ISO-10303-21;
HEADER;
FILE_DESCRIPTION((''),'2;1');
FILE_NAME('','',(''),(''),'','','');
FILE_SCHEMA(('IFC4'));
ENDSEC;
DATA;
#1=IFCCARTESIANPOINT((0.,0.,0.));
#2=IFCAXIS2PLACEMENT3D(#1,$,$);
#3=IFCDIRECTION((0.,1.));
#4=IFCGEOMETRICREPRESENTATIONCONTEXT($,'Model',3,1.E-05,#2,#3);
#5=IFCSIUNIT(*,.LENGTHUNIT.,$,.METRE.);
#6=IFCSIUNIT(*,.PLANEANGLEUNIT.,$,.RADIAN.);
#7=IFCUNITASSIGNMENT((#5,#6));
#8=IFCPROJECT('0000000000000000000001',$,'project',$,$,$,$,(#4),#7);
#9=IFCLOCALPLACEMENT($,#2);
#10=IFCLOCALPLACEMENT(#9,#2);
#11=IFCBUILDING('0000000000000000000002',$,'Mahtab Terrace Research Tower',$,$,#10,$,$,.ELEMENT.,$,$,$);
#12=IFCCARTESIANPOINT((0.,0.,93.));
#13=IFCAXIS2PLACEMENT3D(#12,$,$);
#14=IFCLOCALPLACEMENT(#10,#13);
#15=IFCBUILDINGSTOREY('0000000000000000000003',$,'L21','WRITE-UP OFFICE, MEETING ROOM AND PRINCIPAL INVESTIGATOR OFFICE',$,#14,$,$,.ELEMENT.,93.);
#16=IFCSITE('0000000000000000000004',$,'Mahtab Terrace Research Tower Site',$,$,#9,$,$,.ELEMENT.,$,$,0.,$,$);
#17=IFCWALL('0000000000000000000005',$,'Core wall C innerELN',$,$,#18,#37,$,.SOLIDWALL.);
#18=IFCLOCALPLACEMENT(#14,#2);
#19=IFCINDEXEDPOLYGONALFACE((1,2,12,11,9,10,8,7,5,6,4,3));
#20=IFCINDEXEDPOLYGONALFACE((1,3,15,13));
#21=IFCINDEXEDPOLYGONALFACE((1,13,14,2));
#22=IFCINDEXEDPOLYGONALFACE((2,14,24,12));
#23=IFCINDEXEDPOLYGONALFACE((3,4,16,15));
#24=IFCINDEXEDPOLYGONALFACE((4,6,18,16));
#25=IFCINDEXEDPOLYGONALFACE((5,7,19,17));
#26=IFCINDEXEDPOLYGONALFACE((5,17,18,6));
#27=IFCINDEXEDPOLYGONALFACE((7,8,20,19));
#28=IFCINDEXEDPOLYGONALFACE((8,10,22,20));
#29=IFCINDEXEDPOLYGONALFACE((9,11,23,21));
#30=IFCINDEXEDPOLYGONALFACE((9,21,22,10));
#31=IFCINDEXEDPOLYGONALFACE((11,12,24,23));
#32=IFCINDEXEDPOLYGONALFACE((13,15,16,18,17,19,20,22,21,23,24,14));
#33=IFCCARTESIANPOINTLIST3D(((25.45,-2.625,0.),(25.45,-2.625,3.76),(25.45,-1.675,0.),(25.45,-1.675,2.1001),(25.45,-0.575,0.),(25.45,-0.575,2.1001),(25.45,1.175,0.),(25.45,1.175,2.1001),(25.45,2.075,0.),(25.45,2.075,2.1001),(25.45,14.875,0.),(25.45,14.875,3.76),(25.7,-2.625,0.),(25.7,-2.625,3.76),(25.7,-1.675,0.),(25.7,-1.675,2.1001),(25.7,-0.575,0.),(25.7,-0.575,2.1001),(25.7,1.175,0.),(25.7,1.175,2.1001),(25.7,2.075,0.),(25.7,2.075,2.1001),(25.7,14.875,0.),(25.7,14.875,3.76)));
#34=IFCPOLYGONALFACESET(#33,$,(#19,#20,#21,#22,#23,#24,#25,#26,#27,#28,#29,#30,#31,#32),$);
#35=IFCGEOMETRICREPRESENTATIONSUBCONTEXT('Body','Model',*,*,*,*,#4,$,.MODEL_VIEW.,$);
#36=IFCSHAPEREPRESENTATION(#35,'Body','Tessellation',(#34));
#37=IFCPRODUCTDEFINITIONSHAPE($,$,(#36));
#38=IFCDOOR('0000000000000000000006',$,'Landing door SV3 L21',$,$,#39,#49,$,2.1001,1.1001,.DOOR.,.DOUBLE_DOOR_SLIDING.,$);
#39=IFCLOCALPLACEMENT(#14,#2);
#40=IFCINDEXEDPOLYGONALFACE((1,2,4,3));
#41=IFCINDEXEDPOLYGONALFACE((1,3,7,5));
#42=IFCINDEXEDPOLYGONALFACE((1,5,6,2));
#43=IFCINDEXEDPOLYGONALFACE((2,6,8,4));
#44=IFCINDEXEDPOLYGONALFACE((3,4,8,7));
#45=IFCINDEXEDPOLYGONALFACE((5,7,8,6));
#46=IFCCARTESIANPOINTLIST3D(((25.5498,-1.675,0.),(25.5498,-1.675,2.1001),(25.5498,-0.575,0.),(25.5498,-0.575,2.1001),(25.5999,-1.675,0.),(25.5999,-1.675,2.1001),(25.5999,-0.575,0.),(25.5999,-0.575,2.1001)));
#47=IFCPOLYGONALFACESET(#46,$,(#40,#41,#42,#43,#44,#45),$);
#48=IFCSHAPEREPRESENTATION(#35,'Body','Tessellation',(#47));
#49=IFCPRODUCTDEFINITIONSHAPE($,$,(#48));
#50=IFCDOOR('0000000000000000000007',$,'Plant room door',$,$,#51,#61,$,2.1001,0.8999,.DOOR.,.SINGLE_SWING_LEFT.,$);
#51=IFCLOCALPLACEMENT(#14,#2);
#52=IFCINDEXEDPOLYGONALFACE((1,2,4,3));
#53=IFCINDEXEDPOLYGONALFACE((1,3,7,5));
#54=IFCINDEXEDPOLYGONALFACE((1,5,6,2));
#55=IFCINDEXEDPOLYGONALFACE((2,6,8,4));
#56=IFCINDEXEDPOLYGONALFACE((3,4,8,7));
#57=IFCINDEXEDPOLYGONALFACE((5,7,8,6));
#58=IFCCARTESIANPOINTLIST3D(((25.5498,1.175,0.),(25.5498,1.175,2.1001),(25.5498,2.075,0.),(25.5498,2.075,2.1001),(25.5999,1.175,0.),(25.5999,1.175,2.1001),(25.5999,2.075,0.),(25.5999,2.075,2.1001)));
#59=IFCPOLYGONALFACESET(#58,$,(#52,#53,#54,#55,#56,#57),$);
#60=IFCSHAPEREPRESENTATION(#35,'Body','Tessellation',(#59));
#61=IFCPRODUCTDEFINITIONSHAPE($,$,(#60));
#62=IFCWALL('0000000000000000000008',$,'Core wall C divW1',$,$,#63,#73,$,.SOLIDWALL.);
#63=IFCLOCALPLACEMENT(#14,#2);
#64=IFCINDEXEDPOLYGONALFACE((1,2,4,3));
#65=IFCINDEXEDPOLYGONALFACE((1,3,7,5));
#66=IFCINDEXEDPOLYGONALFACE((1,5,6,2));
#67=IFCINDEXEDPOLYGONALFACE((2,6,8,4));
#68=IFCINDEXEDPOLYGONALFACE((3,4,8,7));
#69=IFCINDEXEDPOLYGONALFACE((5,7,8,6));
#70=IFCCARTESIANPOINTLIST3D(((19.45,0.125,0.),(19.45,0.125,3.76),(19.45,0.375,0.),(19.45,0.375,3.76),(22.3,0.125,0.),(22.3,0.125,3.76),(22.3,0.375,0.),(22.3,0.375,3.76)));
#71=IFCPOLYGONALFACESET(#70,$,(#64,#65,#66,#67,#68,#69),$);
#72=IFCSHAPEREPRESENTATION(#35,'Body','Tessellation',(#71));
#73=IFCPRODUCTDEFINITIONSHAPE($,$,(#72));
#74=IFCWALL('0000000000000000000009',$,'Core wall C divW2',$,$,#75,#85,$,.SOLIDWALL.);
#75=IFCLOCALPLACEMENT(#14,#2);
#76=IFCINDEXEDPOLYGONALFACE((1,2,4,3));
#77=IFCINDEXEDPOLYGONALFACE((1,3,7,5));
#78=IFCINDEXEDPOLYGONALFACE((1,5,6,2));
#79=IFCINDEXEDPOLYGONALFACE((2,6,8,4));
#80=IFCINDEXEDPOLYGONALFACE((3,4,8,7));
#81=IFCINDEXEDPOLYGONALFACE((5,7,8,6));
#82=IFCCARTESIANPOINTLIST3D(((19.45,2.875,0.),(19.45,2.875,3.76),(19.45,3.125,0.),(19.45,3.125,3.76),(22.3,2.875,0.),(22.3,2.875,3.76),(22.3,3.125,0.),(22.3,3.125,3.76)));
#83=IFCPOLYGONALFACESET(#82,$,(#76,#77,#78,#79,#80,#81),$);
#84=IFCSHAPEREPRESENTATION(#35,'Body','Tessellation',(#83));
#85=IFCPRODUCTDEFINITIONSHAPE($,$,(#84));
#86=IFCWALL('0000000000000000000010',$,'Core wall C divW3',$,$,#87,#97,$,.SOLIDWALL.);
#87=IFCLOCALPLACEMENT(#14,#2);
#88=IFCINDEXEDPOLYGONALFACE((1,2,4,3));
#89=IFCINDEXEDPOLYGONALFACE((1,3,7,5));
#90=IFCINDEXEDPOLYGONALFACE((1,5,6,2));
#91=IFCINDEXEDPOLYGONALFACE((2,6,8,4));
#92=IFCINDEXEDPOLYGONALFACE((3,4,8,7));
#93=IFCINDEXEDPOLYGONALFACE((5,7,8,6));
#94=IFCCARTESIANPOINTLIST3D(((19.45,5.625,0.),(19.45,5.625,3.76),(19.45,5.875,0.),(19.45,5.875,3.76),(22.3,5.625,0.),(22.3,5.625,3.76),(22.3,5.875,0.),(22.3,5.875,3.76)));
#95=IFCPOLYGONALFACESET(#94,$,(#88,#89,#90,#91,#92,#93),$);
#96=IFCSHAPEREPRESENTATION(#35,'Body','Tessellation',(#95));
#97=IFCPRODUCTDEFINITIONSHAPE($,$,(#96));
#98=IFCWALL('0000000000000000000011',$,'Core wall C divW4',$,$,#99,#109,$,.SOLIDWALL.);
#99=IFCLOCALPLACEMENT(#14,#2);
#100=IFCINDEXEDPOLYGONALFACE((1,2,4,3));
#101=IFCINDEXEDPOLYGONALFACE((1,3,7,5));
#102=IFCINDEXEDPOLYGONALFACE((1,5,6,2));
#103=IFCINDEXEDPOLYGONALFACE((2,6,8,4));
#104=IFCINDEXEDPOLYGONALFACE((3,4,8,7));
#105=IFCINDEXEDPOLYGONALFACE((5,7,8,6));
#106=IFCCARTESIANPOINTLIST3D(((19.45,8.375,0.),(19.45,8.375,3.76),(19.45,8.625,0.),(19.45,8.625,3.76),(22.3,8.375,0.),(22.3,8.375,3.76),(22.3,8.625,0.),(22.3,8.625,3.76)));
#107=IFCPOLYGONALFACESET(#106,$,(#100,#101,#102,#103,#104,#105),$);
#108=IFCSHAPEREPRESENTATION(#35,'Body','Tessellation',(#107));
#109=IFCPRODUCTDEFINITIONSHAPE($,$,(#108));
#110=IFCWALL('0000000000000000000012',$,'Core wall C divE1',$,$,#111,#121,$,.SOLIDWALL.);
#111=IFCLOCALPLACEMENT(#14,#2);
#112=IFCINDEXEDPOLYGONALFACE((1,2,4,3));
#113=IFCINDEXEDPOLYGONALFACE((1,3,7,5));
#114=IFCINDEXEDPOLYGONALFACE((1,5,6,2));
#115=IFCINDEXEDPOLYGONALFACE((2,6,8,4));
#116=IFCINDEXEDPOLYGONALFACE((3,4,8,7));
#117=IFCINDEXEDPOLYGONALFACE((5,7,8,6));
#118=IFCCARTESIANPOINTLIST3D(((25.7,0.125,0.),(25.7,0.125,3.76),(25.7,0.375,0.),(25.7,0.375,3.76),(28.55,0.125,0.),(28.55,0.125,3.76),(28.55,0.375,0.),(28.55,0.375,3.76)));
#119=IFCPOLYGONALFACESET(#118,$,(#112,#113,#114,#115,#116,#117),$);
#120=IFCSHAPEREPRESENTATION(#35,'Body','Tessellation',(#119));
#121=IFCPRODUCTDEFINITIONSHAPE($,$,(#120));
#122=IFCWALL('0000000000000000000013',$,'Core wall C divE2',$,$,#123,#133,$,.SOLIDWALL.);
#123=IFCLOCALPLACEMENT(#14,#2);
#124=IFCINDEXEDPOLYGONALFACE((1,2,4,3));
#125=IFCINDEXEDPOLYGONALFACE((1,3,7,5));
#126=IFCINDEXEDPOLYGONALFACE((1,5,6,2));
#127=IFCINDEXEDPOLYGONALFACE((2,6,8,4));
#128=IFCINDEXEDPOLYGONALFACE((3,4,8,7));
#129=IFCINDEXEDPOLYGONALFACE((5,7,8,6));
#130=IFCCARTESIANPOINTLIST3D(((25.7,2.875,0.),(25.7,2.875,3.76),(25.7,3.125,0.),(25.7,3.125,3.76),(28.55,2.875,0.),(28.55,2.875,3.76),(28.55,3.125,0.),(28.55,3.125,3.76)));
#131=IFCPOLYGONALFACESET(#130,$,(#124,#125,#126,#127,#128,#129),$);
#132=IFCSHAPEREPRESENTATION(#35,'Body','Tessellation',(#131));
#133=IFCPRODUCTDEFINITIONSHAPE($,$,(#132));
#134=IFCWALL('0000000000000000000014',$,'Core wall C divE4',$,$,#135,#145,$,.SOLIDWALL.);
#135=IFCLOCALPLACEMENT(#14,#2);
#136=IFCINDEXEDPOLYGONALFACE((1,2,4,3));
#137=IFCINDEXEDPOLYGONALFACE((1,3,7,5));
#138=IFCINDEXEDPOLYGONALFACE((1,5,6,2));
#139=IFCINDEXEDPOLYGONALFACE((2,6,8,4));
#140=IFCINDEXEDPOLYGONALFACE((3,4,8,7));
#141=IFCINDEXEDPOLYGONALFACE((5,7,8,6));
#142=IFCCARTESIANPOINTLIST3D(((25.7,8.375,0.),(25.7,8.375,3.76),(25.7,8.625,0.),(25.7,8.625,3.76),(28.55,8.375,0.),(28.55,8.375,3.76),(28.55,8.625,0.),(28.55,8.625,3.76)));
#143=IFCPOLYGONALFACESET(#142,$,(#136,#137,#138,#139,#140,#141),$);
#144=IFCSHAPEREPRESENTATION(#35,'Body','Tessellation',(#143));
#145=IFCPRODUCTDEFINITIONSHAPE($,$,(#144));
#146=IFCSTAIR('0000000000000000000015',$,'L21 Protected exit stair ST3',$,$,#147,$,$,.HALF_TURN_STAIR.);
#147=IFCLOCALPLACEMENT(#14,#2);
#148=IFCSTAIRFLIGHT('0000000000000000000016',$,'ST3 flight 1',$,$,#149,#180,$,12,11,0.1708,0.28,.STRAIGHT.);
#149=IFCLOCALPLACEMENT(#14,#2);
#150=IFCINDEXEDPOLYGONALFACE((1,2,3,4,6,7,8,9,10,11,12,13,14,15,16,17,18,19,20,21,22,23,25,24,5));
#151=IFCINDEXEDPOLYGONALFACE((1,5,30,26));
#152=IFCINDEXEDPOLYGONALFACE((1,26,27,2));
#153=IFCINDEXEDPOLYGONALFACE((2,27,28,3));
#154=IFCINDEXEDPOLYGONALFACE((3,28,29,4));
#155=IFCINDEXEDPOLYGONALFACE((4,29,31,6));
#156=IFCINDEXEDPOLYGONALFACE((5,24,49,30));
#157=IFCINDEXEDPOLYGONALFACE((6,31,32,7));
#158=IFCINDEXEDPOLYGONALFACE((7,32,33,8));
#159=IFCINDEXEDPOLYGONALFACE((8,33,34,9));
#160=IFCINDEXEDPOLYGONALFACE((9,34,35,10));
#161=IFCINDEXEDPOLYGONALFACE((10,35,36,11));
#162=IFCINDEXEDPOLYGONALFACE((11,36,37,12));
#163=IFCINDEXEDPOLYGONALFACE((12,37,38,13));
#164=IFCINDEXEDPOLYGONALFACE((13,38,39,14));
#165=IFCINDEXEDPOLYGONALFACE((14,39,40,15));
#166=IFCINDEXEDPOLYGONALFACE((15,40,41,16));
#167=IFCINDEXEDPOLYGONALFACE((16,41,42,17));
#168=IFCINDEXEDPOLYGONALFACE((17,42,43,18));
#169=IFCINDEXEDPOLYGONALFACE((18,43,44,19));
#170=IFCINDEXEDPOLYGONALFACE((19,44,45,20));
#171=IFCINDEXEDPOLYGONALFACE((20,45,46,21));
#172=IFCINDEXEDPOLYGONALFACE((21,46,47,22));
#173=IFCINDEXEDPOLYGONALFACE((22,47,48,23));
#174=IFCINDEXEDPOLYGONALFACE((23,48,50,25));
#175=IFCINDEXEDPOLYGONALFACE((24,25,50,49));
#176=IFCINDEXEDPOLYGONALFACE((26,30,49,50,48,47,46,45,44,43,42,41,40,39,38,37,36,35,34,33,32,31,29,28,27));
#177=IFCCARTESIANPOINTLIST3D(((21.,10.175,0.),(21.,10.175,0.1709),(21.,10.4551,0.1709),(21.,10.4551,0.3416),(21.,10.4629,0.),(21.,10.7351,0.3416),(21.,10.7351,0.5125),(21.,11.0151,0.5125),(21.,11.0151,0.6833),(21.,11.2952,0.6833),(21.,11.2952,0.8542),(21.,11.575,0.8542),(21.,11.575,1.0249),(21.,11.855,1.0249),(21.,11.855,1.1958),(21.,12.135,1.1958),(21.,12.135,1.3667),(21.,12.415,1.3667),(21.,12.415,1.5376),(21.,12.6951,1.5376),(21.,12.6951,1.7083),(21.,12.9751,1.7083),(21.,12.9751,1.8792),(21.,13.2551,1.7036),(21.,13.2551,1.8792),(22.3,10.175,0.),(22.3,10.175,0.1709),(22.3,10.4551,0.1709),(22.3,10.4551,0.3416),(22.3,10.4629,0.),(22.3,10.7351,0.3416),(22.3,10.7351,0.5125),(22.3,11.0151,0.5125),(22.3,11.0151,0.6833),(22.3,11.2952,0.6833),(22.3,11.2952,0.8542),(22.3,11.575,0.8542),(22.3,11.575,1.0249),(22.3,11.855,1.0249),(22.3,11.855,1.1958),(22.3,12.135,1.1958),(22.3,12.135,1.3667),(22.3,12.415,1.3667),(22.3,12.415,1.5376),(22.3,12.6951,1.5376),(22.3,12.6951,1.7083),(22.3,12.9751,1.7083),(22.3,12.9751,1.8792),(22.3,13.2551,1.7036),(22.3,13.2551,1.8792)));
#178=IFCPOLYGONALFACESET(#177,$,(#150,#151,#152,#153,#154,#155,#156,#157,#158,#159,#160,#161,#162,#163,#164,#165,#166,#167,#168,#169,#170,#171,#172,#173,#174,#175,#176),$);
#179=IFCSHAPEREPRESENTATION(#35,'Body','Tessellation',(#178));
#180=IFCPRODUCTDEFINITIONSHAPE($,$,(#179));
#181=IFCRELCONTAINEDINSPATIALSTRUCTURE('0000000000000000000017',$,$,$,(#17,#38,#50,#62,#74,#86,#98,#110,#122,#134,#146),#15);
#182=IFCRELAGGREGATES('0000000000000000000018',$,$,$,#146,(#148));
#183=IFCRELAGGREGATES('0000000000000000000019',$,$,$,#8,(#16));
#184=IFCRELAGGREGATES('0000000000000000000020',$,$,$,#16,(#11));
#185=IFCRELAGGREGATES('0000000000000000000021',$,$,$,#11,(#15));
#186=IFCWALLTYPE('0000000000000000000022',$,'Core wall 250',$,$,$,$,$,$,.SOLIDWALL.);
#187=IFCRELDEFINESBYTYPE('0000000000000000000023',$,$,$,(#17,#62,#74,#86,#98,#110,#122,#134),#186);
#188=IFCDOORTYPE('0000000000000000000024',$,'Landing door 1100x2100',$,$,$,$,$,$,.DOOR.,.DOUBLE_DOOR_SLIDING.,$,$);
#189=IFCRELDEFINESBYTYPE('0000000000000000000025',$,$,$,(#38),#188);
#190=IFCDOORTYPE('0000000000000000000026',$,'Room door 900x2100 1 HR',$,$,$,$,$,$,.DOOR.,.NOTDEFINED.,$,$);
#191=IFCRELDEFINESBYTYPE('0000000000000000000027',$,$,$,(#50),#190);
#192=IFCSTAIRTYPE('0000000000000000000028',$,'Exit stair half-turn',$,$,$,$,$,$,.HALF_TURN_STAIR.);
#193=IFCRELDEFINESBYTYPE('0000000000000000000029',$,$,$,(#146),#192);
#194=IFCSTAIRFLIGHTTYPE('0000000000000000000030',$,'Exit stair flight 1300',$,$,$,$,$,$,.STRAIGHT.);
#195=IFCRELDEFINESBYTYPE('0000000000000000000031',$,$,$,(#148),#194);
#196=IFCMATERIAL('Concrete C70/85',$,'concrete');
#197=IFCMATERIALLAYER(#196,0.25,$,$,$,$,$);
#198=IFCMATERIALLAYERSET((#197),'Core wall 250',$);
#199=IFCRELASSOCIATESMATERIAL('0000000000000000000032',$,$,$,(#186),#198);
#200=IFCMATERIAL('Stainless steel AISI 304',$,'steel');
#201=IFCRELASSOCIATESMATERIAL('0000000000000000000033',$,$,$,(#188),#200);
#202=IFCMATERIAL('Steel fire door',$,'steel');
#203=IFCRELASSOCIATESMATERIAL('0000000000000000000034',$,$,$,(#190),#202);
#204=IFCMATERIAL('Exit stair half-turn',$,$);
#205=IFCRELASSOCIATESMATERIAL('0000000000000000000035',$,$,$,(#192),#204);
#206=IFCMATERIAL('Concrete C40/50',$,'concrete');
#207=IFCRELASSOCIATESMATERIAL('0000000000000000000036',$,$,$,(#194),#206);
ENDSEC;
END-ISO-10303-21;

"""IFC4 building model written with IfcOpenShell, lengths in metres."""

from ifc_helpers import new_model, si_unit, direction, frame, frame_2d, origin, place, context, subcontext, project, spatial, polyline, rectangle, outline, extrude, material, layer, layer_set, type_object, element, fill, aggregate, save


model = new_model("IFC4")

# Units and contexts
model_context = context("Model", 3, precision=1e-05, world=origin(), true_north=direction((0.0, 1.0)))
body_context = subcontext(model_context, "Body", "Model", "MODEL_VIEW")
ifc_project = project(units=[si_unit("LENGTHUNIT", "METRE"), si_unit("PLANEANGLEUNIT", "RADIAN")], contexts=[model_context])

# Site, building, storey
site_placement = place(None, origin())
site = spatial("IfcSite", under=ifc_project, at=site_placement, Name="Mahtab Terrace Research Tower Site", CompositionType="ELEMENT", RefElevation=0.0)
building_placement = place(site_placement, origin())
building = spatial("IfcBuilding", under=site, at=building_placement, Name="Mahtab Terrace Research Tower", CompositionType="ELEMENT")
storey_placement = place(building_placement, frame((0.0, 0.0, 93.0)))
storey = spatial("IfcBuildingStorey", under=building, at=storey_placement, Name="L21", Description="WRITE-UP OFFICE, MEETING ROOM AND PRINCIPAL INVESTIGATOR OFFICE", CompositionType="ELEMENT", Elevation=93.0)

# Shared definitions
ifc_material_1 = material(Name="Concrete C70/85", Category="concrete")

# Shared definitions
ifc_layer_1 = layer(ifc_material_1, 0.25)
ifc_layer_set_1 = layer_set([ifc_layer_1], Name="Core wall 250")
wall_type_1 = type_object("IfcWallType", Name="Core wall 250", PredefinedType="SOLIDWALL", material=ifc_layer_set_1)
ifc_material_2 = material(Name="Steel fire door", Category="steel")

# Wall, openings, doors
wall_1_placement = place(storey_placement, frame((25.575, 14.875, 0.0), z_axis=(0.0, 0.0, 1.0), x_axis=(0.0, -1.0, 0.0)))
wall_1 = element("IfcWall", 1, at=wall_1_placement, inside=storey, type_object=wall_type_1, Name="Core wall C innerELN", PredefinedType="SOLIDWALL", context=body_context, shape_type="SweptSolid", body=[
    extrude(rectangle(XDim=17.5, YDim=0.25, at=frame_2d((8.75, 0.0))), origin(), (0.0, 0.0, 1.0), 3.76),
])
opening_1_placement = place(wall_1_placement, frame((15.45, 0.0, 0.0)))
opening_1 = element("IfcOpeningElement", 2, at=opening_1_placement, cuts=wall_1, PredefinedType="OPENING", context=body_context, shape_type="SweptSolid", body=[
    extrude(rectangle(XDim=1.1001, YDim=2.1001, at=frame_2d((0.55, 1.05))), frame((0.0, 0.135, 0.0), z_axis=(0.0, -1.0, 0.0), x_axis=(1.0, 0.0, 0.0)), (0.0, 0.0, 1.0), 0.27),
])
opening_2_placement = place(wall_1_placement, frame((12.8, 0.0, 0.0)))
opening_2 = element("IfcOpeningElement", 3, at=opening_2_placement, cuts=wall_1, PredefinedType="OPENING", context=body_context, shape_type="SweptSolid", body=[
    extrude(rectangle(XDim=0.8999, YDim=2.1001, at=frame_2d((0.45, 1.05))), frame((0.0, 0.135, 0.0), z_axis=(0.0, -1.0, 0.0), x_axis=(1.0, 0.0, 0.0)), (0.0, 0.0, 1.0), 0.27),
])
ifc_material_3 = material(Name="Stainless steel AISI 304", Category="steel")
door_type_1 = type_object("IfcDoorType", Name="Landing door 1100x2100", OperationType="DOUBLE_DOOR_SLIDING", PredefinedType="DOOR", material=ifc_material_3)
door_1_placement = place(opening_1_placement, origin())
door_1 = element("IfcDoor", 4, at=door_1_placement, inside=storey, type_object=door_type_1, Name="Landing door SV3 L21", OperationType="DOUBLE_DOOR_SLIDING", OverallHeight=2.1001, OverallWidth=1.1001, PredefinedType="DOOR", context=body_context, shape_type="SweptSolid", body=[
    extrude(rectangle(XDim=1.1001, YDim=2.1001, at=frame_2d((0.55, 1.05))), frame((0.0, 0.0249, 0.0), z_axis=(0.0, -1.0, 0.0), x_axis=(1.0, 0.0, 0.0)), (0.0, 0.0, 1.0), 0.05),
])
fill(opening_1, door_1)
door_type_2 = type_object("IfcDoorType", Name="Room door 900x2100 1 HR", OperationType="NOTDEFINED", PredefinedType="DOOR", material=ifc_material_2)
door_2_placement = place(opening_2_placement, origin())
door_2 = element("IfcDoor", 5, at=door_2_placement, inside=storey, type_object=door_type_2, Name="Plant room door", OperationType="SINGLE_SWING_LEFT", OverallHeight=2.1001, OverallWidth=0.8999, PredefinedType="DOOR", context=body_context, shape_type="SweptSolid", body=[
    extrude(rectangle(XDim=0.8999, YDim=2.1001, at=frame_2d((0.45, 1.05))), frame((0.0, 0.0249, 0.0), z_axis=(0.0, -1.0, 0.0), x_axis=(1.0, 0.0, 0.0)), (0.0, 0.0, 1.0), 0.05),
])
fill(opening_2, door_2)

# Walls
for number, where, z_axis, x_axis, name in (
    (6, (19.45, 0.25, 0.0), (0.0, 0.0, 1.0), (1.0, 0.0, 0.0), "Core wall C divW1"),
    (7, (19.45, 3.0, 0.0), (0.0, 0.0, 1.0), (1.0, 0.0, 0.0), "Core wall C divW2"),
    (8, (19.45, 5.75, 0.0), (0.0, 0.0, 1.0), (1.0, 0.0, 0.0), "Core wall C divW3"),
    (9, (19.45, 8.5, 0.0), (0.0, 0.0, 1.0), (1.0, 0.0, 0.0), "Core wall C divW4"),
    (10, (25.7, 0.25, 0.0), (0.0, 0.0, 1.0), (1.0, 0.0, 0.0), "Core wall C divE1"),
    (11, (25.7, 3.0, 0.0), (0.0, 0.0, 1.0), (1.0, 0.0, 0.0), "Core wall C divE2"),
    (12, (25.7, 8.5, 0.0), (0.0, 0.0, 1.0), (1.0, 0.0, 0.0), "Core wall C divE4"),
):
    element("IfcWall", number, at=place(storey_placement, frame(where, z_axis=z_axis, x_axis=x_axis)), inside=storey, type_object=wall_type_1, Name=name, PredefinedType="SOLIDWALL", context=body_context, shape_type="SweptSolid", body=[
        extrude(rectangle(XDim=2.8501, YDim=0.25, at=frame_2d((1.425, 0.0))), origin(), (0.0, 0.0, 1.0), 3.76),
    ])

# Stair, stair flight
ifc_material_4 = material(Name="Exit stair half-turn")
stair_type = type_object("IfcStairType", Name="Exit stair half-turn", PredefinedType="HALF_TURN_STAIR", material=ifc_material_4)
stair_placement = place(storey_placement, origin())
stair = element("IfcStair", 13, at=stair_placement, inside=storey, type_object=stair_type, Name="L21 Protected exit stair ST3", PredefinedType="HALF_TURN_STAIR")
ifc_material_5 = material(Name="Concrete C40/50", Category="concrete")
stair_flight_type = type_object("IfcStairFlightType", Name="Exit stair flight 1300", PredefinedType="STRAIGHT", material=ifc_material_5)
stair_flight_1_placement = place(storey_placement, frame((21.6499, 10.175, 0.0), z_axis=(0.0, 0.0, 1.0), x_axis=(0.0, 1.0, 0.0)))
stair_flight_1 = element("IfcStairFlight", 14, at=stair_flight_1_placement, type_object=stair_flight_type, Name="ST3 flight 1", NumberOfRisers=12, NumberOfTreads=11, PredefinedType="STRAIGHT", RiserHeight=0.1708, TreadLength=0.28, context=body_context, shape_type="SweptSolid", body=[
    extrude(outline(polyline([(0.0, 0.0), (0.0, 0.1709), (0.28, 0.1709), (0.28, 0.3416), (0.5601, 0.3416), (0.5601, 0.5125), (0.8401, 0.5125), (0.8401, 0.6833), (1.1201, 0.6833), (1.1201, 0.8542), (1.3999, 0.8542), (1.3999, 1.0249), (1.6799, 1.0249), (1.6799, 1.1958), (1.96, 1.1958), (1.96, 1.3667), (2.24, 1.3667), (2.24, 1.5376), (2.52, 1.5376), (2.52, 1.7083), (2.8, 1.7083), (2.8, 1.8792), (3.0801, 1.8792), (3.0801, 2.05), (3.0801, 1.7036), (0.2878, 0.0), (0.0, 0.0)])), frame((0.0, 0.6499, 0.0), z_axis=(0.0, -1.0, 0.0), x_axis=(1.0, 0.0, 0.0)), (0.0, 0.0, 1.0), 1.3),
])
aggregate(stair, [stair_flight_1])

save(model, "model.ifc")
